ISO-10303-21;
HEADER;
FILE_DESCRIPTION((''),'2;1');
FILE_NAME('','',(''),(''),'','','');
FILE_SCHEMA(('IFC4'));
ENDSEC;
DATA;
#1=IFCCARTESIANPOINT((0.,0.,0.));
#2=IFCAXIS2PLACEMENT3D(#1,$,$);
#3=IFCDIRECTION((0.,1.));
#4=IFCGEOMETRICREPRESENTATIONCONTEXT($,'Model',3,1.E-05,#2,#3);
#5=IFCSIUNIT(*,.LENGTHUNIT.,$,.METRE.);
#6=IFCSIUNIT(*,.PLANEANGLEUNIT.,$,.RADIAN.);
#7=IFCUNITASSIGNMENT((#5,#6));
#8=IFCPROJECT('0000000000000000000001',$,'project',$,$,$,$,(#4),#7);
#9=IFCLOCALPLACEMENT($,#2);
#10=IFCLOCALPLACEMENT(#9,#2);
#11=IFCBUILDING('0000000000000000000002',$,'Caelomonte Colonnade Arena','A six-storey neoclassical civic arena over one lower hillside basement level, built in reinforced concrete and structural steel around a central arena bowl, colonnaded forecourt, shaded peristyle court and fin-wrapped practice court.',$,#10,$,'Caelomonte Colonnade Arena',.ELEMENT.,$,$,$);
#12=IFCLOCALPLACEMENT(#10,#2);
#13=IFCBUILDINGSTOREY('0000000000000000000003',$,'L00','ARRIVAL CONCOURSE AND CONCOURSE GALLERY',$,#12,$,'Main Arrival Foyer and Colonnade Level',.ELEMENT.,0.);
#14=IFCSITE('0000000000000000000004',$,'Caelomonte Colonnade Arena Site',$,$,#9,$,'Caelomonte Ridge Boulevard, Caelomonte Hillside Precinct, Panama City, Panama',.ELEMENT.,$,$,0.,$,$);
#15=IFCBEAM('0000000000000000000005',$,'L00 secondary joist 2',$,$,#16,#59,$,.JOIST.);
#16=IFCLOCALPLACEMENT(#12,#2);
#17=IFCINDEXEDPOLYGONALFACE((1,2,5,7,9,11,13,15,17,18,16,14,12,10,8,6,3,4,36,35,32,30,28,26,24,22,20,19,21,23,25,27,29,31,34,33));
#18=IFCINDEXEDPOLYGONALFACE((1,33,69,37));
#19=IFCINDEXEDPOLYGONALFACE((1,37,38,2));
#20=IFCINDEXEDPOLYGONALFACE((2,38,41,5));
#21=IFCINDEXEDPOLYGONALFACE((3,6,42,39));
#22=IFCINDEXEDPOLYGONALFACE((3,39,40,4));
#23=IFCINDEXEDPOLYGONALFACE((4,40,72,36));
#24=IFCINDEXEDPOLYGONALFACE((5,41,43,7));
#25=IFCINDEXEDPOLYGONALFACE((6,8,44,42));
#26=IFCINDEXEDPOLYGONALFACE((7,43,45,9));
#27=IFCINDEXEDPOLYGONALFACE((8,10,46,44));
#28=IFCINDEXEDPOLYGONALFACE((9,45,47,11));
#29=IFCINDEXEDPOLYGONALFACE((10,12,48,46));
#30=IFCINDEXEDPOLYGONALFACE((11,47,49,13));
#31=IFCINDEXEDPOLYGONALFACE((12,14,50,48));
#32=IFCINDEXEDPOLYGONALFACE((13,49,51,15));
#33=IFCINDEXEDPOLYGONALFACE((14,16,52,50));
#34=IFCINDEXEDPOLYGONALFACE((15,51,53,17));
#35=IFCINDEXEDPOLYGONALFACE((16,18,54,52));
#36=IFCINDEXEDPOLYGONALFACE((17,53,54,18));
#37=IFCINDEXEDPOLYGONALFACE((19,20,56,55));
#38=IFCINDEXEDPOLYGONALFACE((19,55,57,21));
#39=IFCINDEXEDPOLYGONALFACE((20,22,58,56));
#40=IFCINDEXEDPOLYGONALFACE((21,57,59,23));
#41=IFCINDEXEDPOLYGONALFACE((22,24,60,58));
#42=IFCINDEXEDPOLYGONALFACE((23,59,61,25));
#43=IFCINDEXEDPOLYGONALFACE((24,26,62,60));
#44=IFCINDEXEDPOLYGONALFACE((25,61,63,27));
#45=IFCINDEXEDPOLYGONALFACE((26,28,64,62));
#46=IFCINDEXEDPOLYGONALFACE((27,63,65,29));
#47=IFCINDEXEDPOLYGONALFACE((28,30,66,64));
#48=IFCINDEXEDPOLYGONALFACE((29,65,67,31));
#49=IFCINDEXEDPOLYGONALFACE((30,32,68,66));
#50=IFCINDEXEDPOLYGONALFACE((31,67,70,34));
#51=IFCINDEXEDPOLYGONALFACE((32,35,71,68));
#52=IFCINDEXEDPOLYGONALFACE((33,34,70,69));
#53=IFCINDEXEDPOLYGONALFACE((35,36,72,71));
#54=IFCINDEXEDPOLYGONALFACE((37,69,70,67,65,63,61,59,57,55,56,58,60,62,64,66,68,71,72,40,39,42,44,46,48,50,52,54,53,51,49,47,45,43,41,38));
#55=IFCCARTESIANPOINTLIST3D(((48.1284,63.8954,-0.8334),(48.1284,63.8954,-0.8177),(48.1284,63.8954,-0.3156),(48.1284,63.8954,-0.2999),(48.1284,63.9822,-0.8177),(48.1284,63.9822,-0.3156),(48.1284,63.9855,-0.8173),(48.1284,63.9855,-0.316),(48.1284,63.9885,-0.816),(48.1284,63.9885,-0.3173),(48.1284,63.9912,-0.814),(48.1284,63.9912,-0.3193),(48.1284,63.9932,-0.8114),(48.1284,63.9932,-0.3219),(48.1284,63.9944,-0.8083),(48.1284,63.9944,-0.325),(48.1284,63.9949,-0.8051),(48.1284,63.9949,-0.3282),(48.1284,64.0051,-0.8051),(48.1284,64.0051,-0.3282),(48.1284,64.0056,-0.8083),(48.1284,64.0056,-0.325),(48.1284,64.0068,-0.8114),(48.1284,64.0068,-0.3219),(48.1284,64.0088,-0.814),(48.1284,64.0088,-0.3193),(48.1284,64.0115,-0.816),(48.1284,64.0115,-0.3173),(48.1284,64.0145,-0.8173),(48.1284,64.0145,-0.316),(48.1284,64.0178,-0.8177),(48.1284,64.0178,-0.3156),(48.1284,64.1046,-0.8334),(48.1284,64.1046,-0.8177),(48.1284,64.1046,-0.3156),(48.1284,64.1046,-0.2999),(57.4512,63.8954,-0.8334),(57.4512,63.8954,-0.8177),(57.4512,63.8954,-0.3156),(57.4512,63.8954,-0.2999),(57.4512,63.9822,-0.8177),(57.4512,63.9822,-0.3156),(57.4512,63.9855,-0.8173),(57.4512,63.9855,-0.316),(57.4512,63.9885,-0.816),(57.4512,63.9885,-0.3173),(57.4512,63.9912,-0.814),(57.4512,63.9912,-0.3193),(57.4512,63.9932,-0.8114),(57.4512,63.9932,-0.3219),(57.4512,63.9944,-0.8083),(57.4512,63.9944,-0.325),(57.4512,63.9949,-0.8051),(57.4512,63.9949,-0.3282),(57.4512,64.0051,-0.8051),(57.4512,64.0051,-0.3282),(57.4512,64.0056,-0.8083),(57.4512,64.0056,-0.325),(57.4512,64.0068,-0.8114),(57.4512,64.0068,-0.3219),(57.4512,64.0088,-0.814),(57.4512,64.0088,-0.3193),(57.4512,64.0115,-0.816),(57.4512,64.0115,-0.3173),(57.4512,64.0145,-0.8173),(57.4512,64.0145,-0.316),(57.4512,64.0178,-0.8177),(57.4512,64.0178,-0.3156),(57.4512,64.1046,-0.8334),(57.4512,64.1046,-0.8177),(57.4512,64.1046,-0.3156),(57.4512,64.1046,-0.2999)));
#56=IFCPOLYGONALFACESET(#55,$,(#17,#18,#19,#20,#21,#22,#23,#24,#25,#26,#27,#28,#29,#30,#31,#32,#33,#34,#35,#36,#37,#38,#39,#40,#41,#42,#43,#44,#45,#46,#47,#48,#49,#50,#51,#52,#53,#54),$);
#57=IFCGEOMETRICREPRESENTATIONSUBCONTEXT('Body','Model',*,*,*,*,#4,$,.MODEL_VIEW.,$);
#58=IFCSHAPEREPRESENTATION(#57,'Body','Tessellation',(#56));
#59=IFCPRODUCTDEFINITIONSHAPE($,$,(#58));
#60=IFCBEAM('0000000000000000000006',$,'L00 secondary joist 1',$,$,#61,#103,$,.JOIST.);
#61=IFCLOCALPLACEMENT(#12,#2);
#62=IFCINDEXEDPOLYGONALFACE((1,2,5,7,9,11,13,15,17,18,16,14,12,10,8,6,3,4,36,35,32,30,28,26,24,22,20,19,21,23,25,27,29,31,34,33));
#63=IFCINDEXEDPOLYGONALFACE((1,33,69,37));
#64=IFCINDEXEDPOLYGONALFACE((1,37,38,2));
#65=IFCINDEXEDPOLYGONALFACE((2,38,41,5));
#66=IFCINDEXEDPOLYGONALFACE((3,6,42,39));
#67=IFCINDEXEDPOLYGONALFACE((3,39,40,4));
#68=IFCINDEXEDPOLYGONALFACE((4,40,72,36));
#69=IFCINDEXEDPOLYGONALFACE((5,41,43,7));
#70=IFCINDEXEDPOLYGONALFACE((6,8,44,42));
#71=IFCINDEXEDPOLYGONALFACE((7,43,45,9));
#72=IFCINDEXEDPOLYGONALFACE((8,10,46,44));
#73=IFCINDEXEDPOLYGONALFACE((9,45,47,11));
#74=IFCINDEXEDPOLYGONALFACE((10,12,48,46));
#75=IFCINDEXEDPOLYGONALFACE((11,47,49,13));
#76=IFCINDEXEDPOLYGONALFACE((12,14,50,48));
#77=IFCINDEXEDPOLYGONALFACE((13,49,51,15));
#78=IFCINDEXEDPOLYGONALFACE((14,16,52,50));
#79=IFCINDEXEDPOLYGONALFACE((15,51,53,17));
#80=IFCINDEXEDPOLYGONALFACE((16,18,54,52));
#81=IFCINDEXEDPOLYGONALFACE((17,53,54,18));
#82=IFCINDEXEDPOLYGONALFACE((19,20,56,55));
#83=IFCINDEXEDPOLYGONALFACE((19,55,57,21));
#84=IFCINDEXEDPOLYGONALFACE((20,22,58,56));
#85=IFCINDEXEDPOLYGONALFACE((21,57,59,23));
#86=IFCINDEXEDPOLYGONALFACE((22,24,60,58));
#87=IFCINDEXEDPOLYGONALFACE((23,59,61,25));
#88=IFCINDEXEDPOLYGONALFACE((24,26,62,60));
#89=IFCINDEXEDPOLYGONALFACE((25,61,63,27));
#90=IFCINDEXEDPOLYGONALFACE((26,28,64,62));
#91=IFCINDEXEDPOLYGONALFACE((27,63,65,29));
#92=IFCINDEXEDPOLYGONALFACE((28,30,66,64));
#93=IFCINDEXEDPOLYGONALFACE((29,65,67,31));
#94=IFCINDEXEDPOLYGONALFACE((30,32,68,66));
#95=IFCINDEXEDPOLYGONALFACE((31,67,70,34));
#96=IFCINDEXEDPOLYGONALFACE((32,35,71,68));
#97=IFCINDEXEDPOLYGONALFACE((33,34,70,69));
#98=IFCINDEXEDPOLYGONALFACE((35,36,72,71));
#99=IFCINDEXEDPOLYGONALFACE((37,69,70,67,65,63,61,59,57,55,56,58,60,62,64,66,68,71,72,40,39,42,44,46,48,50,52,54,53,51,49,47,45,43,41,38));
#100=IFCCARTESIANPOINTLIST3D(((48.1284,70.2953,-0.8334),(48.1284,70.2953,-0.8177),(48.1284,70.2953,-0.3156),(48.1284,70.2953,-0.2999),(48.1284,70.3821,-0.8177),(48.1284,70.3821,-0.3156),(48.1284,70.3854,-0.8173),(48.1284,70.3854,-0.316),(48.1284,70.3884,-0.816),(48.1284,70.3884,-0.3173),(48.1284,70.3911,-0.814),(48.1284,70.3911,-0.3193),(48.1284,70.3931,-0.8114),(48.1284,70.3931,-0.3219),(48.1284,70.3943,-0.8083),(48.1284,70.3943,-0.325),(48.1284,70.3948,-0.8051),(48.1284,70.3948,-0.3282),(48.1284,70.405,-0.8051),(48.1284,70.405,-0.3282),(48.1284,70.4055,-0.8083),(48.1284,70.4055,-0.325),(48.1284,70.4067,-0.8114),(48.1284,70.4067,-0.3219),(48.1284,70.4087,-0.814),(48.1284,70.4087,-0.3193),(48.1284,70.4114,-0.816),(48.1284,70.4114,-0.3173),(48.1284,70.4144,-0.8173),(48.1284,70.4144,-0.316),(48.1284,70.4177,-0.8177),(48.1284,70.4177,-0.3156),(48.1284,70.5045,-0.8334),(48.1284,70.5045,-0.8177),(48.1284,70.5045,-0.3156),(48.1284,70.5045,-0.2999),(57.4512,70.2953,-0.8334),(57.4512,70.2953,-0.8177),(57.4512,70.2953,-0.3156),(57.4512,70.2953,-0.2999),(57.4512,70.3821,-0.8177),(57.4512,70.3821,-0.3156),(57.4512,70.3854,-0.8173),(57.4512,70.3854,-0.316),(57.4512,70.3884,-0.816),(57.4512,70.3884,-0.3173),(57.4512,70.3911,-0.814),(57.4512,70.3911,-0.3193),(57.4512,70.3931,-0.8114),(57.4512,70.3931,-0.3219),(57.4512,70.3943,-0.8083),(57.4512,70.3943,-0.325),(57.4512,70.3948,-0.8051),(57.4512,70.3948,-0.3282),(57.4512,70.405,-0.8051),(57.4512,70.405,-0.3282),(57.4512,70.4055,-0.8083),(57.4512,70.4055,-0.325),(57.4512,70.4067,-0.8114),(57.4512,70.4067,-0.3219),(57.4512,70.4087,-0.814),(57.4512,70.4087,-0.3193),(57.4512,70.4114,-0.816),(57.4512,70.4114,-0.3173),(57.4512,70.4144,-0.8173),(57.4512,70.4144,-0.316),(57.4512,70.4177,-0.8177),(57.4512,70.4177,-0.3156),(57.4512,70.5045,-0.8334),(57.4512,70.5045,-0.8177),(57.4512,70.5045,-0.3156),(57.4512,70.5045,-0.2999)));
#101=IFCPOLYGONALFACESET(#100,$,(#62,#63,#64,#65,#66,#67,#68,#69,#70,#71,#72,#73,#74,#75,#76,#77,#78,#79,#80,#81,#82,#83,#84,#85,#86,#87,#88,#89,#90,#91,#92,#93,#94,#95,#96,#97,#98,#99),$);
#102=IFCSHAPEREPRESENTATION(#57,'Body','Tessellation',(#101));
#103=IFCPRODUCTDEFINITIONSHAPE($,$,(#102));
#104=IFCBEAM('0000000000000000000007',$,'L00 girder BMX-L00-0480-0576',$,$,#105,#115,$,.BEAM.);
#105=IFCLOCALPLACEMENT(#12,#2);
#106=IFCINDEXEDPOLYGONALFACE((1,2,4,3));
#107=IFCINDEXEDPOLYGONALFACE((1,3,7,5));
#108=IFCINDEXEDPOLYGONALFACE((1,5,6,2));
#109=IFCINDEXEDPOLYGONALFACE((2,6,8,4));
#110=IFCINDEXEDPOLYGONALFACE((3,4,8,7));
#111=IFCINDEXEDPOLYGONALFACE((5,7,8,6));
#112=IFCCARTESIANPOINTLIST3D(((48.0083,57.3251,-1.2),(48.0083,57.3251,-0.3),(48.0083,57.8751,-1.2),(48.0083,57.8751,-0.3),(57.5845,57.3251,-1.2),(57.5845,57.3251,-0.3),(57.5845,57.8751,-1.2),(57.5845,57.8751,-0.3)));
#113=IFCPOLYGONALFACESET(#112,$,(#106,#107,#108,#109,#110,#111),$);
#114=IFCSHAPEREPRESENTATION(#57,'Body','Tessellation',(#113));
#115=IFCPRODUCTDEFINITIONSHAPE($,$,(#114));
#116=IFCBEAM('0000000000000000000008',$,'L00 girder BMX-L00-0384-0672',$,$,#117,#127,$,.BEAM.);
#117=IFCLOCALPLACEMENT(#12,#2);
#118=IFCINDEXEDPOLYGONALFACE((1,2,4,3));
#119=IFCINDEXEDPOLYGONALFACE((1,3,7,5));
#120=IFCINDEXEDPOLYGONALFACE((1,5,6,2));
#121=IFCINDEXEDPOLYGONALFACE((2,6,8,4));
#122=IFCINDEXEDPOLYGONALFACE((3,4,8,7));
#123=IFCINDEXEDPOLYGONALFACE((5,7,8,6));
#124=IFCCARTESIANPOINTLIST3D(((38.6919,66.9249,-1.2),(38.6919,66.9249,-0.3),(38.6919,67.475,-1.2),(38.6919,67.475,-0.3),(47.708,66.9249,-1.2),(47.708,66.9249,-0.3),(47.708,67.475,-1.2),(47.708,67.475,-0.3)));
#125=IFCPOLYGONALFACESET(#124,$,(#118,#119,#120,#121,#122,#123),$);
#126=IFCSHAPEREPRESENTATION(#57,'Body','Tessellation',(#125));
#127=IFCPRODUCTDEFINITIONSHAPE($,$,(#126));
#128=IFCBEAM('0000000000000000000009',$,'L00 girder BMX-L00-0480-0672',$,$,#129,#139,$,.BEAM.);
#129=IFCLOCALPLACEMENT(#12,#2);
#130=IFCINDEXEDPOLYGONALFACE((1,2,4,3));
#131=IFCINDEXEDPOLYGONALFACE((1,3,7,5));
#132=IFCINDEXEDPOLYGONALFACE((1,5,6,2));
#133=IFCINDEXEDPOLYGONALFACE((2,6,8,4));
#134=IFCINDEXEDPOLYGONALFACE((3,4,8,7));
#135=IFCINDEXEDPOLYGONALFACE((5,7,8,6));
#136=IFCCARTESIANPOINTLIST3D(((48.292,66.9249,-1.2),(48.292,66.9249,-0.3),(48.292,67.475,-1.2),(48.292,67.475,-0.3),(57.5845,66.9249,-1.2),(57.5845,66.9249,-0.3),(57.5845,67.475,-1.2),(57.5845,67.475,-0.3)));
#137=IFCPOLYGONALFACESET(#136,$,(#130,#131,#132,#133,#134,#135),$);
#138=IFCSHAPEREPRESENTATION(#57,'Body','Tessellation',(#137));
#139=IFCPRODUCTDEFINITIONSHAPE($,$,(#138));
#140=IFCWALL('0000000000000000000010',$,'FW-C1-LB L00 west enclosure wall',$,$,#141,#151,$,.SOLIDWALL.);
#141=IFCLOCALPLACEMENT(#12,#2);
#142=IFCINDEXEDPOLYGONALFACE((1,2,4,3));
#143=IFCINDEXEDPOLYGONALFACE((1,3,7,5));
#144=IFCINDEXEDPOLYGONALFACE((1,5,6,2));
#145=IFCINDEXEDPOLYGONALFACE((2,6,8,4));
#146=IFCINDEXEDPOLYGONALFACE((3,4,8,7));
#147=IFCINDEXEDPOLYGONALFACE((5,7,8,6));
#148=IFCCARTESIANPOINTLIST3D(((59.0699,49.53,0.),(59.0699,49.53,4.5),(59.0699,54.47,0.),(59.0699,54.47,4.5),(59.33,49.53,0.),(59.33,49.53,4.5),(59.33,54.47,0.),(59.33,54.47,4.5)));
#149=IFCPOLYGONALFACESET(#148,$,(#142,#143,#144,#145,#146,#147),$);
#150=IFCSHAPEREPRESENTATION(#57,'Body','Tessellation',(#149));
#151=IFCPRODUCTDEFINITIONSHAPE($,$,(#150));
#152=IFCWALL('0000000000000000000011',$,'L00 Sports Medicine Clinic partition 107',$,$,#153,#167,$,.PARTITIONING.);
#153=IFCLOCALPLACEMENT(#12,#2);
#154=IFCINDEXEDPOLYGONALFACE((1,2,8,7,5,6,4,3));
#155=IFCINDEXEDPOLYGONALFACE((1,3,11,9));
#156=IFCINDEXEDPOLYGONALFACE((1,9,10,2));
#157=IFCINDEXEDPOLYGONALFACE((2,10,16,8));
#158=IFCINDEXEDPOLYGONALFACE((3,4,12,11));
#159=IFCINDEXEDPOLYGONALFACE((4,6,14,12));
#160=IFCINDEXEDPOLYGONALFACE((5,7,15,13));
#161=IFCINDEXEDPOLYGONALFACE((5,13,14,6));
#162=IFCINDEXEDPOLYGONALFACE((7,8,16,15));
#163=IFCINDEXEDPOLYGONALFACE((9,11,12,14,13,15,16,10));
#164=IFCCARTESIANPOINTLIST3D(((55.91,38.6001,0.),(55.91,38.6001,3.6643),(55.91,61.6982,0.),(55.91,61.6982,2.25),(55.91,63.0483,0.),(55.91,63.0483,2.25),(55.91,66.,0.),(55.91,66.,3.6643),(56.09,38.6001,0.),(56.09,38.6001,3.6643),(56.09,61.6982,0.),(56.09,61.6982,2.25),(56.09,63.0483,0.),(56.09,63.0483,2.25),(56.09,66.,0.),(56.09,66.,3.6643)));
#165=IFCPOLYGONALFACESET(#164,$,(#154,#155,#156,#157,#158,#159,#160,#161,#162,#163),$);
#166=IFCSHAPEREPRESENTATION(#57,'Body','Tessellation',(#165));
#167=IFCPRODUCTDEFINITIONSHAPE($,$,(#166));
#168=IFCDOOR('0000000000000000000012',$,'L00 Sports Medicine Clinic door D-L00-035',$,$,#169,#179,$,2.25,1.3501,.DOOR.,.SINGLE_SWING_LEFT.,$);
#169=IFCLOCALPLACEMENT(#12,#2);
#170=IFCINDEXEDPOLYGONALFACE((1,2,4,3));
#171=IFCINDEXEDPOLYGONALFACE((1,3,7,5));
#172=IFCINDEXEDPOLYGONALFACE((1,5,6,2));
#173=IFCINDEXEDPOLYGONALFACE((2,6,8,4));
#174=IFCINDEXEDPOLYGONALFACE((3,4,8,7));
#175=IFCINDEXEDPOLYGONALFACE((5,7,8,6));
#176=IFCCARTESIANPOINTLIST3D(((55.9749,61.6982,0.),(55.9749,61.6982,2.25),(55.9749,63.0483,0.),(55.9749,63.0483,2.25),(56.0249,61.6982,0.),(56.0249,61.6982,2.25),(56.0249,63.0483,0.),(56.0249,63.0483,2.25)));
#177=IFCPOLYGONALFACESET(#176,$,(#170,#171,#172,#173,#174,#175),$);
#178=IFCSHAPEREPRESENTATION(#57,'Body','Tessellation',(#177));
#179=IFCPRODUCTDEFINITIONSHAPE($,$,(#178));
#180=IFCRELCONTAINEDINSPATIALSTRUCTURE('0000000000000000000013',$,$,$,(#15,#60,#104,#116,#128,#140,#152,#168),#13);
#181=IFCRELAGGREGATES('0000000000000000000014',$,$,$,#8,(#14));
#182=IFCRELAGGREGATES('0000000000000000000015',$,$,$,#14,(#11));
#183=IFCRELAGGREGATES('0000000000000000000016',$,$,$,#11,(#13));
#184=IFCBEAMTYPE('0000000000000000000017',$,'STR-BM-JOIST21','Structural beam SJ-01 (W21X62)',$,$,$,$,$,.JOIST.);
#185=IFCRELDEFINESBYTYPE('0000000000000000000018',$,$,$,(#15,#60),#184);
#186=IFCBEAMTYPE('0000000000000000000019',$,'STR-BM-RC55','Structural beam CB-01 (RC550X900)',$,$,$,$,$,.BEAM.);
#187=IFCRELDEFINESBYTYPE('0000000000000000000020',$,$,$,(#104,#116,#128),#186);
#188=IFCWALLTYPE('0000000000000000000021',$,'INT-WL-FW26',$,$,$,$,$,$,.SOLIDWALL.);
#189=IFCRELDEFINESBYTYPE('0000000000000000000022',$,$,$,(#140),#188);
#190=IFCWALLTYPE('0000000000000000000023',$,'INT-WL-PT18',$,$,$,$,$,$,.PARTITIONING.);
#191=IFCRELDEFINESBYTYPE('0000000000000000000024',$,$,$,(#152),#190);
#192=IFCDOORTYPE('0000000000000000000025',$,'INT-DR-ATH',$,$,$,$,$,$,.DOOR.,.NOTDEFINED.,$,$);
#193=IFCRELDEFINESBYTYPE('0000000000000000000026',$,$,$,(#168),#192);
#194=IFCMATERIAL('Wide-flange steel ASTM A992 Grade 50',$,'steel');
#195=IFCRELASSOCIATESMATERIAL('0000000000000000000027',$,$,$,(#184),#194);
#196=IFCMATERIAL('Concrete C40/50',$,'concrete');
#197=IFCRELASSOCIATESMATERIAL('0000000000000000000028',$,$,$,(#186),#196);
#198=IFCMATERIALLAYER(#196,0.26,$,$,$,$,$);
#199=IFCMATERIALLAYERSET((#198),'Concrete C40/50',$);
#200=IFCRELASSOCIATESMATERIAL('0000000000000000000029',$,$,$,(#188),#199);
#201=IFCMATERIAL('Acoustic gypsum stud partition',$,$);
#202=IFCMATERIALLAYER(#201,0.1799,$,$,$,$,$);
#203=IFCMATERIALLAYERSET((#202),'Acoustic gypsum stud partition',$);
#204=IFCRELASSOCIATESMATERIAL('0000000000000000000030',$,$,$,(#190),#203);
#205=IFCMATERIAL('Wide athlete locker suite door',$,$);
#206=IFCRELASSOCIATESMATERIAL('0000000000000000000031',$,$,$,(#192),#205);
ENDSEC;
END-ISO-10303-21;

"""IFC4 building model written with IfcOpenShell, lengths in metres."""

from ifc_helpers import new_model, si_unit, direction, frame, frame_2d, origin, origin_2d, place, context, subcontext, project, spatial, rectangle, i_section, extrude, material, layer, layer_set, material_profile, profile_set, type_object, element, fill, save


model = new_model("IFC4")

# Units and contexts
model_context = context("Model", 3, precision=1e-05, world=origin(), true_north=direction((0.0, 1.0)))
body_context = subcontext(model_context, "Body", "Model", "MODEL_VIEW")
ifc_project = project(units=[si_unit("LENGTHUNIT", "METRE"), si_unit("PLANEANGLEUNIT", "RADIAN")], contexts=[model_context])

# Site, building, storey
site_placement = place(None, origin())
site = spatial("IfcSite", under=ifc_project, at=site_placement, Name="Caelomonte Colonnade Arena Site", LongName="Caelomonte Ridge Boulevard, Caelomonte Hillside Precinct, Panama City, Panama", CompositionType="ELEMENT", RefElevation=0.0)
building_placement = place(site_placement, origin())
building = spatial("IfcBuilding", under=site, at=building_placement, Name="Caelomonte Colonnade Arena", Description="A six-storey neoclassical civic arena over one lower hillside basement level, built in reinforced concrete and structural steel around a central arena bowl, colonnaded forecourt, shaded peristyle court and fin-wrapped practice court.", LongName="Caelomonte Colonnade Arena", CompositionType="ELEMENT")
storey_placement = place(building_placement, origin())
storey = spatial("IfcBuildingStorey", under=building, at=storey_placement, Name="L00", Description="ARRIVAL CONCOURSE AND CONCOURSE GALLERY", LongName="Main Arrival Foyer and Colonnade Level", CompositionType="ELEMENT", Elevation=0.0)

# Shared definitions
ifc_material_1 = material(Name="Wide-flange steel ASTM A992 Grade 50", Category="steel")

# Beams
ifc_material_profile_1 = material_profile(ifc_material_1, i_section(OverallWidth=0.2092, OverallDepth=0.5334, WebThickness=0.0103, FlangeThickness=0.0156, FilletRadius=0.0127, at=origin_2d()), Name="W21X62")
ifc_profile_set_1 = profile_set([ifc_material_profile_1], Name="Wide-flange steel ASTM A992 Grade 50")
beam_type_1 = type_object("IfcBeamType", Name="STR-BM-JOIST21", Description="Structural beam SJ-01 (W21X62)", PredefinedType="JOIST", material=ifc_profile_set_1)
for number, where, z_axis, x_axis, name in (
    (1, (48.1284, 64.0, -0.5667), (1.0, 0.0, 0.0), (0.0, 1.0, 0.0), "L00 secondary joist 2"),
    (2, (48.1284, 70.3999, -0.5667), (1.0, 0.0, 0.0), (0.0, 1.0, 0.0), "L00 secondary joist 1"),
):
    element("IfcBeam", number, at=place(storey_placement, frame(where, z_axis=z_axis, x_axis=x_axis)), inside=storey, type_object=beam_type_1, Name=name, PredefinedType="JOIST", context=body_context, shape_type="SweptSolid", body=[
        extrude(i_section(OverallWidth=0.2092, OverallDepth=0.5334, WebThickness=0.0103, FlangeThickness=0.0156, FilletRadius=0.0127, at=origin_2d()), origin(), (0.0, 0.0, 1.0), 9.3228),
    ])
ifc_material_2 = material(Name="Concrete C40/50", Category="concrete")
ifc_material_profile_2 = material_profile(ifc_material_2, rectangle(XDim=0.55, YDim=0.8999, at=origin_2d()), Name="RC550X900")
ifc_profile_set_2 = profile_set([ifc_material_profile_2], Name="Concrete C40/50")
beam_type_2 = type_object("IfcBeamType", Name="STR-BM-RC55", Description="Structural beam CB-01 (RC550X900)", PredefinedType="BEAM", material=ifc_profile_set_2)
beam_1_placement = place(storey_placement, frame((48.0083, 57.6001, -0.75), z_axis=(1.0, 0.0, 0.0), x_axis=(0.0, 1.0, 0.0)))
element("IfcBeam", 3, at=beam_1_placement, inside=storey, type_object=beam_type_2, Name="L00 girder BMX-L00-0480-0576", PredefinedType="BEAM", context=body_context, shape_type="SweptSolid", body=[
    extrude(rectangle(XDim=0.55, YDim=0.8999, at=origin_2d()), origin(), (0.0, 0.0, 1.0), 9.5762),
])
beam_2_placement = place(storey_placement, frame((38.6919, 67.2, -0.75), z_axis=(1.0, 0.0, 0.0), x_axis=(0.0, 1.0, 0.0)))
element("IfcBeam", 4, at=beam_2_placement, inside=storey, type_object=beam_type_2, Name="L00 girder BMX-L00-0384-0672", PredefinedType="BEAM", context=body_context, shape_type="SweptSolid", body=[
    extrude(rectangle(XDim=0.55, YDim=0.8999, at=origin_2d()), origin(), (0.0, 0.0, 1.0), 9.0161),
])
beam_3_placement = place(storey_placement, frame((48.292, 67.2, -0.75), z_axis=(1.0, 0.0, 0.0), x_axis=(0.0, 1.0, 0.0)))
element("IfcBeam", 5, at=beam_3_placement, inside=storey, type_object=beam_type_2, Name="L00 girder BMX-L00-0480-0672", PredefinedType="BEAM", context=body_context, shape_type="SweptSolid", body=[
    extrude(rectangle(XDim=0.55, YDim=0.8999, at=origin_2d()), origin(), (0.0, 0.0, 1.0), 9.2925),
])

# Wall
ifc_layer_1 = layer(ifc_material_2, 0.26)
ifc_layer_set_1 = layer_set([ifc_layer_1], Name="Concrete C40/50")
wall_type_1 = type_object("IfcWallType", Name="INT-WL-FW26", PredefinedType="SOLIDWALL", material=ifc_layer_set_1)
wall_1_placement = place(storey_placement, frame((59.2, 54.47, 0.0), z_axis=(0.0, 0.0, 1.0), x_axis=(0.0, -1.0, 0.0)))
element("IfcWall", 6, at=wall_1_placement, inside=storey, type_object=wall_type_1, Name="FW-C1-LB L00 west enclosure wall", PredefinedType="SOLIDWALL", context=body_context, shape_type="SweptSolid", body=[
    extrude(rectangle(XDim=4.9399, YDim=0.26, at=frame_2d((2.47, 0.0))), origin(), (0.0, 0.0, 1.0), 4.5),
])

# Wall, opening, door
ifc_material_3 = material(Name="Acoustic gypsum stud partition")
ifc_layer_2 = layer(ifc_material_3, 0.1799)
ifc_layer_set_2 = layer_set([ifc_layer_2], Name="Acoustic gypsum stud partition")
wall_type_2 = type_object("IfcWallType", Name="INT-WL-PT18", PredefinedType="PARTITIONING", material=ifc_layer_set_2)
wall_2_placement = place(storey_placement, frame((56.0, 66.0, 0.0), z_axis=(0.0, 0.0, 1.0), x_axis=(0.0, -1.0, 0.0)))
wall_2 = element("IfcWall", 7, at=wall_2_placement, inside=storey, type_object=wall_type_2, Name="L00 Sports Medicine Clinic partition 107", PredefinedType="PARTITIONING", context=body_context, shape_type="SweptSolid", body=[
    extrude(rectangle(XDim=27.3999, YDim=0.1799, at=frame_2d((13.7, 0.0))), origin(), (0.0, 0.0, 1.0), 3.6643),
])
opening_1_placement = place(wall_2_placement, frame((2.9517, 0.0, 0.0), z_axis=(0.0, 0.0, 1.0), x_axis=(1.0, 0.0, 0.0)))
opening_1 = element("IfcOpeningElement", 8, at=opening_1_placement, cuts=wall_2, PredefinedType="OPENING", context=body_context, shape_type="SweptSolid", body=[
    extrude(rectangle(XDim=1.3501, YDim=2.25, at=frame_2d((0.675, 1.125))), frame((0.0, 0.0999, 0.0), z_axis=(0.0, -1.0, 0.0), x_axis=(1.0, 0.0, 0.0)), (0.0, 0.0, 1.0), 0.2),
])
ifc_material_4 = material(Name="Wide athlete locker suite door")
door_type_1 = type_object("IfcDoorType", Name="INT-DR-ATH", OperationType="NOTDEFINED", PredefinedType="DOOR", material=ifc_material_4)
door_1_placement = place(opening_1_placement, origin())
door_1 = element("IfcDoor", 9, at=door_1_placement, inside=storey, type_object=door_type_1, Name="L00 Sports Medicine Clinic door D-L00-035", OperationType="SINGLE_SWING_LEFT", OverallHeight=2.25, OverallWidth=1.3501, PredefinedType="DOOR", context=body_context, shape_type="SweptSolid", body=[
    extrude(rectangle(XDim=1.3501, YDim=2.25, at=frame_2d((0.675, 1.125))), frame((0.0, 0.0249, 0.0), z_axis=(0.0, -1.0, 0.0), x_axis=(1.0, 0.0, 0.0)), (0.0, 0.0, 1.0), 0.05),
])
fill(opening_1, door_1)

save(model, "model.ifc")
